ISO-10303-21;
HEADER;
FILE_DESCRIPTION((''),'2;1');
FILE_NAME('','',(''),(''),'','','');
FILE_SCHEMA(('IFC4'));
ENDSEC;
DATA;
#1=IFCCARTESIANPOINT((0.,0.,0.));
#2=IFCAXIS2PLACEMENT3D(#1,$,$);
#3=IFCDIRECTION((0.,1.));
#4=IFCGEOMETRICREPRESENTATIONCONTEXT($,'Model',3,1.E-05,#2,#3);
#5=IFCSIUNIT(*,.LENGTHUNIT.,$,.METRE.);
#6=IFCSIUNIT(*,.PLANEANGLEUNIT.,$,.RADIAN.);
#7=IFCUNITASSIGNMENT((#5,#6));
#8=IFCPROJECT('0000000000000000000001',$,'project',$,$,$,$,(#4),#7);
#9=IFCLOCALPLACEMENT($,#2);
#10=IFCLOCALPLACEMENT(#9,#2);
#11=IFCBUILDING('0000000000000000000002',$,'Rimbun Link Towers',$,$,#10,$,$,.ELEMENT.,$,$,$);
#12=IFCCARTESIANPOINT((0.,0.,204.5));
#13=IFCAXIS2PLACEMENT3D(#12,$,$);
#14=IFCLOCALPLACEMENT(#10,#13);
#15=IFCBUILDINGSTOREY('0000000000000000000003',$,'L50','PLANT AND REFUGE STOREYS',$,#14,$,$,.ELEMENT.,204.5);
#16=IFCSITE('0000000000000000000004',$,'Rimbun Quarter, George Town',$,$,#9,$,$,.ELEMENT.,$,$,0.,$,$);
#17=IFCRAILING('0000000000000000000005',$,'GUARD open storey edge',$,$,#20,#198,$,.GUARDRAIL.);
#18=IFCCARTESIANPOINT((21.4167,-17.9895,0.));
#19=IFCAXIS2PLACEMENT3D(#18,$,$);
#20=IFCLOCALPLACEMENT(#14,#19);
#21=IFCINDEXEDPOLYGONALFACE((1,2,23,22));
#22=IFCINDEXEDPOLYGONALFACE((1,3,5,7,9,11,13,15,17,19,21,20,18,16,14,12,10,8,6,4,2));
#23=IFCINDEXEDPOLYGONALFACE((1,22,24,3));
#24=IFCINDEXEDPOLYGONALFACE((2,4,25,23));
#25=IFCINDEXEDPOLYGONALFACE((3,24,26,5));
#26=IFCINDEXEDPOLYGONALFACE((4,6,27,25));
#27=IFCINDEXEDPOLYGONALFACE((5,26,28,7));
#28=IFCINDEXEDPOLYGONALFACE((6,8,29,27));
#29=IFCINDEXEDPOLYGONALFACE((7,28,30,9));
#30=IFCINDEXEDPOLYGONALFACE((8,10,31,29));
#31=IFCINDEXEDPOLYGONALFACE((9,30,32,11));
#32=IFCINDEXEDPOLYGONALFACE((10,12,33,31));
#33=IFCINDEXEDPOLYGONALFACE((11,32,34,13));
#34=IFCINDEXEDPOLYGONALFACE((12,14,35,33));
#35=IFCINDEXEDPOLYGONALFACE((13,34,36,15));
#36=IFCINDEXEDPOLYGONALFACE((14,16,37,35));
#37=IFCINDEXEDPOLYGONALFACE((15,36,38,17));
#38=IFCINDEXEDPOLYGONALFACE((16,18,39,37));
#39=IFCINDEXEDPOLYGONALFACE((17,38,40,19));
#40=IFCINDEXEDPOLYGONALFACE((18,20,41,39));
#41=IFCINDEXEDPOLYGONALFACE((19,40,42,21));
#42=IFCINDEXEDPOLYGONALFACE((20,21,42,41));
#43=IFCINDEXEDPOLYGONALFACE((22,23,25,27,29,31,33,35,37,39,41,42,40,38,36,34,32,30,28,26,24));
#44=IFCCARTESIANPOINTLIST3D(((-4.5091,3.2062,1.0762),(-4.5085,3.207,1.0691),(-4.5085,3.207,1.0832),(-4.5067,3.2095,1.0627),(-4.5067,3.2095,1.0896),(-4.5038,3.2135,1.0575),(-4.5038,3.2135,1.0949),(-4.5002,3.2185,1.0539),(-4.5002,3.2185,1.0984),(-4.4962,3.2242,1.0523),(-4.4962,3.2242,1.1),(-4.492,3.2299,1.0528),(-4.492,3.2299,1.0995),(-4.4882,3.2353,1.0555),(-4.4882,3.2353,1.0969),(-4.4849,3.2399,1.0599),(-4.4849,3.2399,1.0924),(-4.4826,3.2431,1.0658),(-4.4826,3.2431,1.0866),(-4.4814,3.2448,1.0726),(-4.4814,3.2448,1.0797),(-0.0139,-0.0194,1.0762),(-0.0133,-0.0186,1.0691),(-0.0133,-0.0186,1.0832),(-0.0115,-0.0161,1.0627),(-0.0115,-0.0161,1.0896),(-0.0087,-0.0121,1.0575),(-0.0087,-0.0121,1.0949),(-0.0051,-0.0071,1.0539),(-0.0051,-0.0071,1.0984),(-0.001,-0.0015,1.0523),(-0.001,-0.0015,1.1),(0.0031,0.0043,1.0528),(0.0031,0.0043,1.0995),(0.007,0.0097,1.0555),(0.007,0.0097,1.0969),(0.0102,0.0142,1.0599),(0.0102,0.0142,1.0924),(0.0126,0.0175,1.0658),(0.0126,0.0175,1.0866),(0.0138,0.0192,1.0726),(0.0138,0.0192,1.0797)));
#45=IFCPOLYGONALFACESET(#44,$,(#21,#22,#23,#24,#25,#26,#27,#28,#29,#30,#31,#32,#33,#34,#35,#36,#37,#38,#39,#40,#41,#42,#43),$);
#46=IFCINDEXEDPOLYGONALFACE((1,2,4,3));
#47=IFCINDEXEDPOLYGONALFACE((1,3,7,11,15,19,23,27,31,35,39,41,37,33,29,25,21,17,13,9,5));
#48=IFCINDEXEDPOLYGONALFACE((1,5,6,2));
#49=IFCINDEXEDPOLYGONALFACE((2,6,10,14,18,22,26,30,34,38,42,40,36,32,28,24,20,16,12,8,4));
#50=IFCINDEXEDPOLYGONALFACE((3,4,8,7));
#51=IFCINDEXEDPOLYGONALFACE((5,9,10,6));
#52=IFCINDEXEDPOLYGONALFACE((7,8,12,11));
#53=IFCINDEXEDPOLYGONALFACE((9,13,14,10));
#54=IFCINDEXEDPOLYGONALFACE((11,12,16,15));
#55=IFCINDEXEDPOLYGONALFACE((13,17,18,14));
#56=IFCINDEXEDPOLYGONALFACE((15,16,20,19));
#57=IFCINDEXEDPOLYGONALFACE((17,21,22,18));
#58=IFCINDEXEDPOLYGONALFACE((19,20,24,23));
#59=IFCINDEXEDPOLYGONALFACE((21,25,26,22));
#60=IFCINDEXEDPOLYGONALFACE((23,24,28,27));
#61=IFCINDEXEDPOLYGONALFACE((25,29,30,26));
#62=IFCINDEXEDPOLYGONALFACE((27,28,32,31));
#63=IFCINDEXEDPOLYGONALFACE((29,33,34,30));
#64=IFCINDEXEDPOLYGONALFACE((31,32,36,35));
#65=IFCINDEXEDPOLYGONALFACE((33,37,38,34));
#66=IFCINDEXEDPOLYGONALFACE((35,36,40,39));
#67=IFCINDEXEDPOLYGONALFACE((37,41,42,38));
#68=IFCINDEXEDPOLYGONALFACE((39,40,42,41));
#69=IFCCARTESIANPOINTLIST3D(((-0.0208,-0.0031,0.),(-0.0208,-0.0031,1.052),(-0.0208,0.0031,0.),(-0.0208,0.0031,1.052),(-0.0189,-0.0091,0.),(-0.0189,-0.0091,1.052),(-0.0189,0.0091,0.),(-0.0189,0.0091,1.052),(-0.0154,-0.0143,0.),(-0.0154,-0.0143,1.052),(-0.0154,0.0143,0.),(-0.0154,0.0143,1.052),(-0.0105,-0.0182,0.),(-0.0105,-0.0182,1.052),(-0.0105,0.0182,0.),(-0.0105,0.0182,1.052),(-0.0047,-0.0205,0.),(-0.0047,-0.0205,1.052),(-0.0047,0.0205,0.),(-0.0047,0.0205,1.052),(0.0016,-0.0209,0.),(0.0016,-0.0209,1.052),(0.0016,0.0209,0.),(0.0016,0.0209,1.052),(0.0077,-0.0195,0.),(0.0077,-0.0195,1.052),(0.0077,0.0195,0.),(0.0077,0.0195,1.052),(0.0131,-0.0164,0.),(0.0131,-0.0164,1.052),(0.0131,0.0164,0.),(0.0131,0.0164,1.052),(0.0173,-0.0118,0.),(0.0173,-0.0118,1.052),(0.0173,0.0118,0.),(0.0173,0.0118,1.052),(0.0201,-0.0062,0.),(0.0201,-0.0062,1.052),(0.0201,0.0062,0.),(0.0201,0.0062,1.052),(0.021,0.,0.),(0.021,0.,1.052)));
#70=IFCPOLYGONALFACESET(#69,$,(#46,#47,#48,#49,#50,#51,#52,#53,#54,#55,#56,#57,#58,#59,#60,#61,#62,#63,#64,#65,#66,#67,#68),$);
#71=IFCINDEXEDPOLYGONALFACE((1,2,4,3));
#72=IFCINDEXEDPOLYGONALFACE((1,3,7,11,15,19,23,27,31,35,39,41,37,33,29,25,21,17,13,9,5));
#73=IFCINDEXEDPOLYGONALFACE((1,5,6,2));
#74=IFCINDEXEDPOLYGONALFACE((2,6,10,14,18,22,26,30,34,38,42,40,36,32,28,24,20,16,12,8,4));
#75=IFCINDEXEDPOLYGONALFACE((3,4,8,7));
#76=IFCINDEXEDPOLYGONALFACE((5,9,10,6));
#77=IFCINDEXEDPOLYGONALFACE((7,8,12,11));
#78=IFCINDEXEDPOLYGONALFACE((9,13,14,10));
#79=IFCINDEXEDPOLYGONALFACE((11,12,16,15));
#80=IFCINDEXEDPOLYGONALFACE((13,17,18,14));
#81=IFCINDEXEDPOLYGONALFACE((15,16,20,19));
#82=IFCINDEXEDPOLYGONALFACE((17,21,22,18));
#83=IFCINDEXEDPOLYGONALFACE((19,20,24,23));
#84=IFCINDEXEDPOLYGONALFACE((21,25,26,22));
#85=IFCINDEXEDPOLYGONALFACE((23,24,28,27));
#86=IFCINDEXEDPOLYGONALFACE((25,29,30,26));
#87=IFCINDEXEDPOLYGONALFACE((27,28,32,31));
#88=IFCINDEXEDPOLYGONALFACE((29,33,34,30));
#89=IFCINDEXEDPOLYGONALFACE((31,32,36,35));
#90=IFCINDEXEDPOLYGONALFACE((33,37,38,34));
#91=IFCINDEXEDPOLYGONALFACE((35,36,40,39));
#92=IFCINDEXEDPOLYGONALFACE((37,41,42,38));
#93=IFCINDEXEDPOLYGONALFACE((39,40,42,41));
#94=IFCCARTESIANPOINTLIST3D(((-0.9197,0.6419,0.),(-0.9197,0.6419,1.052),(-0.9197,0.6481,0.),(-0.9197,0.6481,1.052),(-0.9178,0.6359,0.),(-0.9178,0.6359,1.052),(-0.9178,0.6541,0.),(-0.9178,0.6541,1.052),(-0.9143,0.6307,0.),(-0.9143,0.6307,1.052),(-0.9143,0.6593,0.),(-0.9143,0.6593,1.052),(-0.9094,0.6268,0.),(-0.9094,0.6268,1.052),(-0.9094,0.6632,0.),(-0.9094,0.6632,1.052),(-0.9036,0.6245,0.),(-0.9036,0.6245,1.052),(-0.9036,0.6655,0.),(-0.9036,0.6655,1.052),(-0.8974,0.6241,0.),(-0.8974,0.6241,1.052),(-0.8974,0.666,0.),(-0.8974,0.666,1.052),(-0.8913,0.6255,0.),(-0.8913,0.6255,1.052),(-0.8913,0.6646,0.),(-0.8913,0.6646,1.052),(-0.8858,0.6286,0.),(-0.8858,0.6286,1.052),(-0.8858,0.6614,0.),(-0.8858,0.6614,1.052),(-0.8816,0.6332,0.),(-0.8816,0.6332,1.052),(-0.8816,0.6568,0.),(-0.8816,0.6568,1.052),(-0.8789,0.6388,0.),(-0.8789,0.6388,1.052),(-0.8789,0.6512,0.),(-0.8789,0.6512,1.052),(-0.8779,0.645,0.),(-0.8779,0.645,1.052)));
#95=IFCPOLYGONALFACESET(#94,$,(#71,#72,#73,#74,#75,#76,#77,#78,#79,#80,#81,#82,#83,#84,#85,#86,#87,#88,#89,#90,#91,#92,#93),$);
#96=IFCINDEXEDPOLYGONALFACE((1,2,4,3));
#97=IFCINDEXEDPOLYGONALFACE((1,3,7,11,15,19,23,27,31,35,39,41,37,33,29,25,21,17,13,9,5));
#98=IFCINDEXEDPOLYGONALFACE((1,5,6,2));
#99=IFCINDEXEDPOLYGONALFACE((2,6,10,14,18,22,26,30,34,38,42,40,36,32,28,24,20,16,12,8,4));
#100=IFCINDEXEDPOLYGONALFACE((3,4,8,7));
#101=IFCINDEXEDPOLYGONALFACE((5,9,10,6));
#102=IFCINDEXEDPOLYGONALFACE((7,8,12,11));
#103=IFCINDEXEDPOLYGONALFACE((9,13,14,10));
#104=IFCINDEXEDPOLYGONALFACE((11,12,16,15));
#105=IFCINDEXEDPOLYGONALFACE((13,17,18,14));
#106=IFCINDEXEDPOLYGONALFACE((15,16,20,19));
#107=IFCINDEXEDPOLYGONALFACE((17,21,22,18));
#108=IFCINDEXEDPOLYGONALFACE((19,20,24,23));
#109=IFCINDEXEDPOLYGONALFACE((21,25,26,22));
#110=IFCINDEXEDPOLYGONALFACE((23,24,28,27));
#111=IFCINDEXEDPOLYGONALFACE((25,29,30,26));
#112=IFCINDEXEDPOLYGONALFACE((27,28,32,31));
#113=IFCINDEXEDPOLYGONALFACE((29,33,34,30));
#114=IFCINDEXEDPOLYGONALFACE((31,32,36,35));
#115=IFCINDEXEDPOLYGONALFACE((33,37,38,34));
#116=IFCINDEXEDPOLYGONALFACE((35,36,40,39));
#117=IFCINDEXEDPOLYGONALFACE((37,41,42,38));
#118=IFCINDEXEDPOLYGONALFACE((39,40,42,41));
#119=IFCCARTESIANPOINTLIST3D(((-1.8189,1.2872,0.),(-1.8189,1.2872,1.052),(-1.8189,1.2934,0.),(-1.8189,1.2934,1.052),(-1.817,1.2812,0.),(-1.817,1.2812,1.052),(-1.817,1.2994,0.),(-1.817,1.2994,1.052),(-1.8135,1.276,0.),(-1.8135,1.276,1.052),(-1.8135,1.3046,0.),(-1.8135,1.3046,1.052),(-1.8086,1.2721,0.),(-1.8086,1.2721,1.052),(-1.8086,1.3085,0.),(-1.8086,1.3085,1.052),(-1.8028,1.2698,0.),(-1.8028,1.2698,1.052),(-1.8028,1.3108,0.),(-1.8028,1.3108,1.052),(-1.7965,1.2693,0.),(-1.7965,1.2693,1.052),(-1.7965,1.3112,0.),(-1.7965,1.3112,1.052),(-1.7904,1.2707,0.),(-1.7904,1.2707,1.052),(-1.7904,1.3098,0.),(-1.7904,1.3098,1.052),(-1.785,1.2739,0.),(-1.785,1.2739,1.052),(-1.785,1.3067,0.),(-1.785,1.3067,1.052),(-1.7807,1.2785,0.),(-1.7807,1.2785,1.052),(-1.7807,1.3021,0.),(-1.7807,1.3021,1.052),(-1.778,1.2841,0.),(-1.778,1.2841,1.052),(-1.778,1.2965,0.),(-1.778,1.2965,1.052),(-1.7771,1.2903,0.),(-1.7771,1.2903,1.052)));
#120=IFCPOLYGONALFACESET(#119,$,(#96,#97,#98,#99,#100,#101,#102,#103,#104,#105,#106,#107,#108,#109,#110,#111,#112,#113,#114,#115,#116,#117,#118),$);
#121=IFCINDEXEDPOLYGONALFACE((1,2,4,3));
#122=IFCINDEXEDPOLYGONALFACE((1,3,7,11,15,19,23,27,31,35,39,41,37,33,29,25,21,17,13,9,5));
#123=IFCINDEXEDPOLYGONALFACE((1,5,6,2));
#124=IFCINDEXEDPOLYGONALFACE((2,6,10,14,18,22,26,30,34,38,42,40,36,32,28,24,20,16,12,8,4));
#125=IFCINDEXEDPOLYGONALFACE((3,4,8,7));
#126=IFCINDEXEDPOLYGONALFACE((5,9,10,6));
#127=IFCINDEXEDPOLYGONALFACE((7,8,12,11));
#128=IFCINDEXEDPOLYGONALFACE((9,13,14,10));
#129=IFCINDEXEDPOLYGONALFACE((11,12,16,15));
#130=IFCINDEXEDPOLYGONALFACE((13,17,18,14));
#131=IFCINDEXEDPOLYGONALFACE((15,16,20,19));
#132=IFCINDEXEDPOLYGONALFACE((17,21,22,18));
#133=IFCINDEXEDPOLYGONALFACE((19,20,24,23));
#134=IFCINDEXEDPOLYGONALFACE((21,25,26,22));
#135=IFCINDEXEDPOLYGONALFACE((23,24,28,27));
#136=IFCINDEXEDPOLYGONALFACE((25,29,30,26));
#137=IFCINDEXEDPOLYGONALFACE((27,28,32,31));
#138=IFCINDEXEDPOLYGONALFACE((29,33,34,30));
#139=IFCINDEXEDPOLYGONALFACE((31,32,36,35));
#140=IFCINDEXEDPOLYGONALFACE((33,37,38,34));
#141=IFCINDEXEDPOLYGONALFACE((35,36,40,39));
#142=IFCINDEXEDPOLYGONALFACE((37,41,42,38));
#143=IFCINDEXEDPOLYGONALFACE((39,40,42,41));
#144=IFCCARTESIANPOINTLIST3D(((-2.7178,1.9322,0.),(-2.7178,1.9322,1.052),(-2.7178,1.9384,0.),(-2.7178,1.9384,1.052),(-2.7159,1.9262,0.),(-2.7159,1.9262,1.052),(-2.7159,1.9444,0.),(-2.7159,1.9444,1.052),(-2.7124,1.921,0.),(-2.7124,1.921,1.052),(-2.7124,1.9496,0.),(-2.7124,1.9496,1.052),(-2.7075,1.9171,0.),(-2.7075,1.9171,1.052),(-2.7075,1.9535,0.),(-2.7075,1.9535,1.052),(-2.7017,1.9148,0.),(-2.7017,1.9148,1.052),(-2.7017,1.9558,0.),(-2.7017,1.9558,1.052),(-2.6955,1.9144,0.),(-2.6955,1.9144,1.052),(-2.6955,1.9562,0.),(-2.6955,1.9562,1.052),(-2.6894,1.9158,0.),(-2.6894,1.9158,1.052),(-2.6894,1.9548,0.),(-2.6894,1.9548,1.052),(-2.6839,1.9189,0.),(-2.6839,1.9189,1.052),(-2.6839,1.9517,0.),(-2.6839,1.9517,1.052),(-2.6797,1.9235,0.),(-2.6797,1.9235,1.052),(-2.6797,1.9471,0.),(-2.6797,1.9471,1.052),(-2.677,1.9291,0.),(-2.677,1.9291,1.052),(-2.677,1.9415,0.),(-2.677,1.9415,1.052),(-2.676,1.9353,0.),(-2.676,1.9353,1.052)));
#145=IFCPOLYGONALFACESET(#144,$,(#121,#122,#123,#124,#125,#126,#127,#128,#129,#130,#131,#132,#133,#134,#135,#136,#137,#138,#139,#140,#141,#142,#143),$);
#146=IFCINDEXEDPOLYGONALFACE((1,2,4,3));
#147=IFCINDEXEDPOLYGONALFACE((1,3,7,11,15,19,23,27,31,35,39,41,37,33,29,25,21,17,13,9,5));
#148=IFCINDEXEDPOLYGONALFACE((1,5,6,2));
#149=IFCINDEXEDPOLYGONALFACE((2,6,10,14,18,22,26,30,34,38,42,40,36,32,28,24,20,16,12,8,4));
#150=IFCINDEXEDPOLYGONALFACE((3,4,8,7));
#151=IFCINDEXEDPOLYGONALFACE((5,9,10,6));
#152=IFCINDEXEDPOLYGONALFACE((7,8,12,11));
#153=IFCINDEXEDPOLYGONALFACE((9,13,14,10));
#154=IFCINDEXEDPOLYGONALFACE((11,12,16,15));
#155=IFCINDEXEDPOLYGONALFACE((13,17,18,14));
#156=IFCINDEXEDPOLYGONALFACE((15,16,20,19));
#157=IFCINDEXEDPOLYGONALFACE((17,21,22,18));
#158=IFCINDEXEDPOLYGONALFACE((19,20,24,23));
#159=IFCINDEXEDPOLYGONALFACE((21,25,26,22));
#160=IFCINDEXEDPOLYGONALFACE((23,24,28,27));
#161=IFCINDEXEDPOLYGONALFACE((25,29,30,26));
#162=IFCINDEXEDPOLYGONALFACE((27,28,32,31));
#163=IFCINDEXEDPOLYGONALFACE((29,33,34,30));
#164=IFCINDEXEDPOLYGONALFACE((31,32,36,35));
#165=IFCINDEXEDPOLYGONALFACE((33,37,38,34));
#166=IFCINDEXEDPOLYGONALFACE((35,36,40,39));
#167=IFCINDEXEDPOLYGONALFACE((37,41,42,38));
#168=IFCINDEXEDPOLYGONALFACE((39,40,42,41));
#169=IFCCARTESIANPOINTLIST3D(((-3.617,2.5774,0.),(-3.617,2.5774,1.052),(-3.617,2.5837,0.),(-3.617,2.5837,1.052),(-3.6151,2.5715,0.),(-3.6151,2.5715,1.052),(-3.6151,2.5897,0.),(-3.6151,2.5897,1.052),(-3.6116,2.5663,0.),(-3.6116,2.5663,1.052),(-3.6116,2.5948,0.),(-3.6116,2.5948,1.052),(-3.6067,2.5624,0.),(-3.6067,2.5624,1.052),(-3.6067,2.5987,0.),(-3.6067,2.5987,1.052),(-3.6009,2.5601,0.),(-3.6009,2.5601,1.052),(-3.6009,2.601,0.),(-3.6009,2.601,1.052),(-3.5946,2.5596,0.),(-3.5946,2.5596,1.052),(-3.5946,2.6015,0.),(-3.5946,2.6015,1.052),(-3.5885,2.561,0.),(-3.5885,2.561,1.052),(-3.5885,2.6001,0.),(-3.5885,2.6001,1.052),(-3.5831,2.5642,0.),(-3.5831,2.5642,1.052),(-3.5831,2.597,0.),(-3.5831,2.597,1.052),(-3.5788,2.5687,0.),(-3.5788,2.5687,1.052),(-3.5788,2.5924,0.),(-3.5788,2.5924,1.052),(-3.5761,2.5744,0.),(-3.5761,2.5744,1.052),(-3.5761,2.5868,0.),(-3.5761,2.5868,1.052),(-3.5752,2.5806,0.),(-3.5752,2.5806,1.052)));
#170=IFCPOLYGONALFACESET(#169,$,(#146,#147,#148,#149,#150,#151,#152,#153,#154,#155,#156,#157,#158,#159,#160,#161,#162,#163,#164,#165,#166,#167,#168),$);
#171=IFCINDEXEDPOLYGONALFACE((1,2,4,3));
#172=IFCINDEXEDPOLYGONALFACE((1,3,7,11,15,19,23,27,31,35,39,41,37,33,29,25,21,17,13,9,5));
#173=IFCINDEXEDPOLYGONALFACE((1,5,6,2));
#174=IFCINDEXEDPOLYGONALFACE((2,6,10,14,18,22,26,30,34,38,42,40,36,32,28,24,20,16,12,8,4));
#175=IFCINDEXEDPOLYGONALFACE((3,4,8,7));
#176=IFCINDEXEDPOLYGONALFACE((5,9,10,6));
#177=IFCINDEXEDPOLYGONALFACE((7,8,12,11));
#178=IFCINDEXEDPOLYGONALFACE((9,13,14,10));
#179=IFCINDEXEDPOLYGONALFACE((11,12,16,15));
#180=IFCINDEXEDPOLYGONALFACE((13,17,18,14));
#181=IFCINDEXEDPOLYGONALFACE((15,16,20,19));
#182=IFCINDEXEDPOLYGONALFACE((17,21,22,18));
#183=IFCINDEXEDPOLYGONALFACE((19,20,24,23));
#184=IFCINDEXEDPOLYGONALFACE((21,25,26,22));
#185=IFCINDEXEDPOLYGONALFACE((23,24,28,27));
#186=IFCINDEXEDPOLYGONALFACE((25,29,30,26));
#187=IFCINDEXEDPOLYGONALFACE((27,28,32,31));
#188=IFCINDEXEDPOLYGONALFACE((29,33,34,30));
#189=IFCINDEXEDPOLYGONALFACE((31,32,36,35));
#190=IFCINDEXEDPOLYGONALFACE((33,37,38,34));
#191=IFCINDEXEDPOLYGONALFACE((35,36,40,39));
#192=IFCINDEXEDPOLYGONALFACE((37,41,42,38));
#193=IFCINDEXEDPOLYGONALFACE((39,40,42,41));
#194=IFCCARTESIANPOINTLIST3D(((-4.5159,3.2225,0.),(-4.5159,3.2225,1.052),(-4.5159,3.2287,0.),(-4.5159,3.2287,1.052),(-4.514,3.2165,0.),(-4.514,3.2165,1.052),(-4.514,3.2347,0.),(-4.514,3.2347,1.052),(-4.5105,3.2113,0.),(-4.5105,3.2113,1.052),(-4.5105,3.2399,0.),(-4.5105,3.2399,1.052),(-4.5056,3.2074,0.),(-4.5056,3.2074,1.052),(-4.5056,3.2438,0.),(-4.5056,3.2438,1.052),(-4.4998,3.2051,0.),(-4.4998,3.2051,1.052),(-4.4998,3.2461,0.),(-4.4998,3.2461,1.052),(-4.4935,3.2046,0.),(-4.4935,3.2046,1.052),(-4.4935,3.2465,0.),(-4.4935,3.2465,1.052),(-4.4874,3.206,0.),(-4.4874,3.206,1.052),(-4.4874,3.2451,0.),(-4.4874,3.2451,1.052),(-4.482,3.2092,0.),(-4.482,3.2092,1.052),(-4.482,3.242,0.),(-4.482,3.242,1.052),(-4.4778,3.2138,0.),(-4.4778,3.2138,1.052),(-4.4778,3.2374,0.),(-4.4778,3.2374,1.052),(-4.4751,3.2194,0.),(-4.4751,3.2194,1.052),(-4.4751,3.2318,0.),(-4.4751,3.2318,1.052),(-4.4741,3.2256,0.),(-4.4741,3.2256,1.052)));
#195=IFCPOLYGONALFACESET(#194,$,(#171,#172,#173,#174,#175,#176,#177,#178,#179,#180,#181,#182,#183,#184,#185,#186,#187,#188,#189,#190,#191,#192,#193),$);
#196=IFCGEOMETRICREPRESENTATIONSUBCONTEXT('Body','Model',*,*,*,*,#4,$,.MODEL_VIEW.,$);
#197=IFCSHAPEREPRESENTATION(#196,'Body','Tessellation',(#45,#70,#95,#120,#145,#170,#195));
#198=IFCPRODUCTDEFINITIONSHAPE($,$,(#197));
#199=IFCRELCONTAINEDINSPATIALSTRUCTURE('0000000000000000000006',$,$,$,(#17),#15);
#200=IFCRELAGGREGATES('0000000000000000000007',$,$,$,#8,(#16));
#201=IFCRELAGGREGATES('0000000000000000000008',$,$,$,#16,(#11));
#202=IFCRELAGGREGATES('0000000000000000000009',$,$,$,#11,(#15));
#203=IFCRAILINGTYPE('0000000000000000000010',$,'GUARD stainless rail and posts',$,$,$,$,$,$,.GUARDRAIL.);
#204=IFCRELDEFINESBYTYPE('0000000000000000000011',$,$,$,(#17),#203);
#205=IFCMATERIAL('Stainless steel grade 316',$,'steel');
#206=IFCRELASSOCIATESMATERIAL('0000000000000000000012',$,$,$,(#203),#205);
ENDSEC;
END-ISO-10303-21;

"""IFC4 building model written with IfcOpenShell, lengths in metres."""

from ifc_helpers import new_model, si_unit, direction, frame, origin, origin_2d, place, context, subcontext, project, spatial, circle, extrude, material, type_object, element, save


model = new_model("IFC4")

# Units and contexts
model_context = context("Model", 3, precision=1e-05, world=origin(), true_north=direction((0.0, 1.0)))
body_context = subcontext(model_context, "Body", "Model", "MODEL_VIEW")
ifc_project = project(units=[si_unit("LENGTHUNIT", "METRE"), si_unit("PLANEANGLEUNIT", "RADIAN")], contexts=[model_context])

# Site, building, storey
site_placement = place(None, origin())
site = spatial("IfcSite", under=ifc_project, at=site_placement, Name="Rimbun Quarter, George Town", CompositionType="ELEMENT", RefElevation=0.0)
building_placement = place(site_placement, origin())
building = spatial("IfcBuilding", under=site, at=building_placement, Name="Rimbun Link Towers", CompositionType="ELEMENT")
storey_placement = place(building_placement, frame((0.0, 0.0, 204.5)))
storey = spatial("IfcBuildingStorey", under=building, at=storey_placement, Name="L50", Description="PLANT AND REFUGE STOREYS", CompositionType="ELEMENT", Elevation=204.5)

# Railing
ifc_material_1 = material(Name="Stainless steel grade 316", Category="steel")
railing_type = type_object("IfcRailingType", Name="GUARD stainless rail and posts", PredefinedType="GUARDRAIL", material=ifc_material_1)
railing_1_placement = place(storey_placement, frame((21.4167, -17.9895, 0.0)))
element("IfcRailing", 1, at=railing_1_placement, inside=storey, type_object=railing_type, Name="GUARD open storey edge", PredefinedType="GUARDRAIL", context=body_context, shape_type="SweptSolid", body=[
    extrude(circle(Radius=0.0239, at=origin_2d()), frame((0.0, 0.0, 1.0762), z_axis=(-0.812467, 0.583007, 0.0), x_axis=(-0.583007, -0.812467, 0.0)), (0.0, 0.0, 1.0), 5.5327),
    extrude(circle(Radius=0.021, at=origin_2d()), origin(), (0.0, 0.0, 1.0), 1.052),
    extrude(circle(Radius=0.021, at=origin_2d()), frame((-0.8989, 0.645, 0.0)), (0.0, 0.0, 1.0), 1.052),
    extrude(circle(Radius=0.021, at=origin_2d()), frame((-1.7981, 1.2903, 0.0)), (0.0, 0.0, 1.0), 1.052),
    extrude(circle(Radius=0.021, at=origin_2d()), frame((-2.697, 1.9353, 0.0)), (0.0, 0.0, 1.0), 1.052),
    extrude(circle(Radius=0.021, at=origin_2d()), frame((-3.5962, 2.5806, 0.0)), (0.0, 0.0, 1.0), 1.052),
    extrude(circle(Radius=0.021, at=origin_2d()), frame((-4.4951, 3.2256, 0.0)), (0.0, 0.0, 1.0), 1.052),
])

save(model, "model.ifc")
